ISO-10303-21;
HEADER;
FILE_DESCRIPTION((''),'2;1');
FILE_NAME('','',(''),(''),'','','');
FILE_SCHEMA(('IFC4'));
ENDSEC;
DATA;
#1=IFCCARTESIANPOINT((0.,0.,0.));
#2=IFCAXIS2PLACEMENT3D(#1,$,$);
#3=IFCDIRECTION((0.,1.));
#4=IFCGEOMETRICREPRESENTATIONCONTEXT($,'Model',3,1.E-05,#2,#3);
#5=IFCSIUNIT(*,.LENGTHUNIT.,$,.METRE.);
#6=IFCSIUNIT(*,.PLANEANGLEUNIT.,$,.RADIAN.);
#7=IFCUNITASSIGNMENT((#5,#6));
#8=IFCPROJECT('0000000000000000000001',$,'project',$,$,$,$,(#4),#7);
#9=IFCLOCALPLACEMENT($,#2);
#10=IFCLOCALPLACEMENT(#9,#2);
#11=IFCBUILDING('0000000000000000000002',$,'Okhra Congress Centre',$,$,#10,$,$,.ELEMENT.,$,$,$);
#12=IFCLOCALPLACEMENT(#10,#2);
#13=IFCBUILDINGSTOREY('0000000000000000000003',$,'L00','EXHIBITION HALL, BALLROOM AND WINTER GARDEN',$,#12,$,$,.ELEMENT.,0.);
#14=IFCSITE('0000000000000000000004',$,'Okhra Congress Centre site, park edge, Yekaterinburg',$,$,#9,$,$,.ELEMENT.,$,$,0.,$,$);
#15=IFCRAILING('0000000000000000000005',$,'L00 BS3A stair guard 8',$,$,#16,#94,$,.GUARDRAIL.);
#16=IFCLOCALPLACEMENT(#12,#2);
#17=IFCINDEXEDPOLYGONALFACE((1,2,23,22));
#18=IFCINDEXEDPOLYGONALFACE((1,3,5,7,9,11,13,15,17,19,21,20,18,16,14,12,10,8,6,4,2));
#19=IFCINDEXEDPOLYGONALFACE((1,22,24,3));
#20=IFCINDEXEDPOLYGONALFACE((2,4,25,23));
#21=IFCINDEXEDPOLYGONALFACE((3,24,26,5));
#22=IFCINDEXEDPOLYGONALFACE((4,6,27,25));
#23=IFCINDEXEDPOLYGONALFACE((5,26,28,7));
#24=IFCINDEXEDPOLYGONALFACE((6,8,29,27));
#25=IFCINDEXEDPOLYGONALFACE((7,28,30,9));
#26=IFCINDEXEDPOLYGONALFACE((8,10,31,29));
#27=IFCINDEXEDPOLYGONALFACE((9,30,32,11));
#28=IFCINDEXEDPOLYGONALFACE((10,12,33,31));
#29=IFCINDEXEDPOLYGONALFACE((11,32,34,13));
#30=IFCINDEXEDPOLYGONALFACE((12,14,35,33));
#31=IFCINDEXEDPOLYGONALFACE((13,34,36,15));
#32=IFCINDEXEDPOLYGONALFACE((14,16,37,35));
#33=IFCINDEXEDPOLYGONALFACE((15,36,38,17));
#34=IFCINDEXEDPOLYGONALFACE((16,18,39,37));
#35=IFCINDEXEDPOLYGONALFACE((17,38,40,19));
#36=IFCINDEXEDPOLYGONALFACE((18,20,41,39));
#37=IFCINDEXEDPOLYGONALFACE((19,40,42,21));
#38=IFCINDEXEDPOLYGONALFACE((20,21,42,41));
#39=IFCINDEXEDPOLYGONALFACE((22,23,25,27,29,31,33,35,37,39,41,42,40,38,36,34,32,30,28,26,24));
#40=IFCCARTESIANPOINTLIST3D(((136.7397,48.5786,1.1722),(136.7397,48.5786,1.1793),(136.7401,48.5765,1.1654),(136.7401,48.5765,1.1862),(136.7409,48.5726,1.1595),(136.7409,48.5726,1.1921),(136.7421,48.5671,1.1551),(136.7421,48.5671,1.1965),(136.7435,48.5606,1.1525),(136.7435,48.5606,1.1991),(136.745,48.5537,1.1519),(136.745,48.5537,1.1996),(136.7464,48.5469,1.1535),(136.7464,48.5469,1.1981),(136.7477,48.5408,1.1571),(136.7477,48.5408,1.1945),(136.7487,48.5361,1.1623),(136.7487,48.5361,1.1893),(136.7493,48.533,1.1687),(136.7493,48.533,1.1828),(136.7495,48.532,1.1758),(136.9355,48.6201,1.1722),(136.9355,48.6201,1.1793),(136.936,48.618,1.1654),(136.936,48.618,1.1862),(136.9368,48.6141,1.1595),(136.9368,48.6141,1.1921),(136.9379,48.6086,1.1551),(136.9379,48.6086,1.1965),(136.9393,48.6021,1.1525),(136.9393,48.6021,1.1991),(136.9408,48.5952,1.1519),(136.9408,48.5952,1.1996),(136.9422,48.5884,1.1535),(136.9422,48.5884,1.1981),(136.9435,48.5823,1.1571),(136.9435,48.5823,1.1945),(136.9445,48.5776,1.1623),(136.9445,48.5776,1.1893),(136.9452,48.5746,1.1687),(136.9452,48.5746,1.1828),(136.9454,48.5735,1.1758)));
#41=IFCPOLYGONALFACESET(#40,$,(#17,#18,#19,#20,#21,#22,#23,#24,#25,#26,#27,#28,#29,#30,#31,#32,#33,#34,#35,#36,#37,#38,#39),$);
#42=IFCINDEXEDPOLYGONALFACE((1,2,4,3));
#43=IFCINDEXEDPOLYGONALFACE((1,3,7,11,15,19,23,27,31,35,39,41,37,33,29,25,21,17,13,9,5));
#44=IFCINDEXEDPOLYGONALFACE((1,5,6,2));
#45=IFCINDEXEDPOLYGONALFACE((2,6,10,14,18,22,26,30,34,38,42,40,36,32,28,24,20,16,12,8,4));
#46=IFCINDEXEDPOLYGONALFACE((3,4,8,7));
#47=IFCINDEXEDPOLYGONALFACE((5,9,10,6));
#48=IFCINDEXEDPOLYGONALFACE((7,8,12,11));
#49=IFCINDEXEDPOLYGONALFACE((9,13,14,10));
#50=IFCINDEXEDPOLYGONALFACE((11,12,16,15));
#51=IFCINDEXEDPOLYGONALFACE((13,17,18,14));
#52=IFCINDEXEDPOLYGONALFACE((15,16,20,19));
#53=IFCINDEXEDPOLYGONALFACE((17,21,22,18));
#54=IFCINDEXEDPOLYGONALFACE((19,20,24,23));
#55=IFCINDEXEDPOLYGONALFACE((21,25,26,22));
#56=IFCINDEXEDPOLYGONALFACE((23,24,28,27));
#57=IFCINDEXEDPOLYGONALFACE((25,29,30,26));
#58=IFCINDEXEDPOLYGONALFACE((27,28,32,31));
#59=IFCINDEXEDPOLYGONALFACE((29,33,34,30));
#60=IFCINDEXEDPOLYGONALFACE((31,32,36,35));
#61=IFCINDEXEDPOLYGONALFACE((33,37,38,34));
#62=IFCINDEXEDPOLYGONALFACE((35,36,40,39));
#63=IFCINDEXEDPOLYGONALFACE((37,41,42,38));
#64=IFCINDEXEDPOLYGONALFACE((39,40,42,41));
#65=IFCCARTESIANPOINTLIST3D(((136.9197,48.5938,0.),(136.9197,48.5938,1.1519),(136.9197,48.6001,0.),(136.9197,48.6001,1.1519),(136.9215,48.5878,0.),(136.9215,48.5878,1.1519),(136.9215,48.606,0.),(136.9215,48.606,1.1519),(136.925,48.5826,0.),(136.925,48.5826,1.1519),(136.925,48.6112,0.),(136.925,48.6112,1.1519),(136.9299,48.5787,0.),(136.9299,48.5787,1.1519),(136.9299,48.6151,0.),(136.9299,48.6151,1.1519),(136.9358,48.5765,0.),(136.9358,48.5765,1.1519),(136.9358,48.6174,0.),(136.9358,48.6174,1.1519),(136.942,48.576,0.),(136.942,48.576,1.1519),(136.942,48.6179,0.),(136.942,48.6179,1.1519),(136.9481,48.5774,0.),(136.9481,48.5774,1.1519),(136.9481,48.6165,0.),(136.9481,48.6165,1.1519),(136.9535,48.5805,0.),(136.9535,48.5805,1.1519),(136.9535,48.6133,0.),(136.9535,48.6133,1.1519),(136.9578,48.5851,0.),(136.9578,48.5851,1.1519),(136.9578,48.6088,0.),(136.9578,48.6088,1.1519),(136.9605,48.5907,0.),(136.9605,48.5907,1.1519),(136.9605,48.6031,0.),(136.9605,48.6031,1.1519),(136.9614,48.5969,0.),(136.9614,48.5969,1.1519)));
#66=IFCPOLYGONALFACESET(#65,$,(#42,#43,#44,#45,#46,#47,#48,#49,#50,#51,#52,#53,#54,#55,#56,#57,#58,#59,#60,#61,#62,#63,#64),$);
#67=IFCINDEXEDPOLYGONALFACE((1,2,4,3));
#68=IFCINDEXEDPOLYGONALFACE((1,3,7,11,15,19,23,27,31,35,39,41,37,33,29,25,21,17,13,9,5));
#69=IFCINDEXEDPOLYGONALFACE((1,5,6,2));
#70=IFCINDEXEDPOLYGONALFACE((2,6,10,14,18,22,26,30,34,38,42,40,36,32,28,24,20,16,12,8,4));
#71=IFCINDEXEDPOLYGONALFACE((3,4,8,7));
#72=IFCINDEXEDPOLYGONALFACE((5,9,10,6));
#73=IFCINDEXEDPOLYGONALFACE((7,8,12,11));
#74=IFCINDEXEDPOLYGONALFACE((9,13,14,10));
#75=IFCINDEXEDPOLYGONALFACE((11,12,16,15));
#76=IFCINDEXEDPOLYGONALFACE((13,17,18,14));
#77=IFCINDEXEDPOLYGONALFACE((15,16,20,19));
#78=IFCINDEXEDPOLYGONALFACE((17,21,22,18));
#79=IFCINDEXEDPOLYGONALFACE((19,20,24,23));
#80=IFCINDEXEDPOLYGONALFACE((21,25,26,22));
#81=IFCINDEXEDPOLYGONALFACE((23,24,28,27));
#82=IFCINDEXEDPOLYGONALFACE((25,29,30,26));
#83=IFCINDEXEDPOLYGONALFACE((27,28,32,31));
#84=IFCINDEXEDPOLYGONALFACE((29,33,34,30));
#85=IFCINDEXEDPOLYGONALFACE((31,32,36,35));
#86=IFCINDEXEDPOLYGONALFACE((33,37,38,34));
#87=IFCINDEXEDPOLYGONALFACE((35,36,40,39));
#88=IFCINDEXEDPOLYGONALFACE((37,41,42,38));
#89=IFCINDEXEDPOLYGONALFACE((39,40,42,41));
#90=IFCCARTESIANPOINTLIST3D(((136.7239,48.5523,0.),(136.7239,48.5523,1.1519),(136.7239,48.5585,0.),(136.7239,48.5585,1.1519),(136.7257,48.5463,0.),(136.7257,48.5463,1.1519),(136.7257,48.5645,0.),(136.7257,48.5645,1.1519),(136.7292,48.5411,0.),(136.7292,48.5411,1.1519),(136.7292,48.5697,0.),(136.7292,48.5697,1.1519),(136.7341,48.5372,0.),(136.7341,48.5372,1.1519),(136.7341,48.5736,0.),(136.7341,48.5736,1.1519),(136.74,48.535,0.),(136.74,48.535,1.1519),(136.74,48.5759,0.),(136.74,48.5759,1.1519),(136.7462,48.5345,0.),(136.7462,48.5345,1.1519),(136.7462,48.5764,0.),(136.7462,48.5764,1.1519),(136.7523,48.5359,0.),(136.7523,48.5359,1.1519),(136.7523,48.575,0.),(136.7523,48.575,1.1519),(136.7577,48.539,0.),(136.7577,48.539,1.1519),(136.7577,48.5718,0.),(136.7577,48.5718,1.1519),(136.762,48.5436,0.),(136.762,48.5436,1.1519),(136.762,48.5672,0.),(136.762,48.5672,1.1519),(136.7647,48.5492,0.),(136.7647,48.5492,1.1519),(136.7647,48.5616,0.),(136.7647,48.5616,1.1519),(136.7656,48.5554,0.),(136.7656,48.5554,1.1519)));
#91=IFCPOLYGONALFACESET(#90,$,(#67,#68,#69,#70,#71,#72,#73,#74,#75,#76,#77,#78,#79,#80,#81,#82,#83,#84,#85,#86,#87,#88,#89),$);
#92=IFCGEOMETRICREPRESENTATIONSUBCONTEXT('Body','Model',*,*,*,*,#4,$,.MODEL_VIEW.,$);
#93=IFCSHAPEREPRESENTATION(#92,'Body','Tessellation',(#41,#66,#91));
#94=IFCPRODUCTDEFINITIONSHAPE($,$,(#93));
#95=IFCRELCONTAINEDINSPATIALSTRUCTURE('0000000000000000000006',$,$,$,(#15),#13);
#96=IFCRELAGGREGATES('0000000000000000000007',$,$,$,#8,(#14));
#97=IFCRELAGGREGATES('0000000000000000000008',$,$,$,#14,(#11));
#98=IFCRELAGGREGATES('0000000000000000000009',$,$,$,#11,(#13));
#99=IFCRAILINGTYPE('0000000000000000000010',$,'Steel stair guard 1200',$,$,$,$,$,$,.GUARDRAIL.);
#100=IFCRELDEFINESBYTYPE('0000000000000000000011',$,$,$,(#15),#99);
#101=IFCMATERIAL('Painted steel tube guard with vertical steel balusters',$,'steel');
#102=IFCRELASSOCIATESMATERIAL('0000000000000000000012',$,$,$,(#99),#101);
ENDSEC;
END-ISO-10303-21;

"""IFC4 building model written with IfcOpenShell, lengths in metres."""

from ifc_helpers import new_model, si_unit, direction, frame, origin, origin_2d, place, context, subcontext, project, spatial, circle, extrude, material, type_object, element, save


model = new_model("IFC4")

# Units and contexts
model_context = context("Model", 3, precision=1e-05, world=origin(), true_north=direction((0.0, 1.0)))
body_context = subcontext(model_context, "Body", "Model", "MODEL_VIEW")
ifc_project = project(units=[si_unit("LENGTHUNIT", "METRE"), si_unit("PLANEANGLEUNIT", "RADIAN")], contexts=[model_context])

# Site, building, storey
site_placement = place(None, origin())
site = spatial("IfcSite", under=ifc_project, at=site_placement, Name="Okhra Congress Centre site, park edge, Yekaterinburg", CompositionType="ELEMENT", RefElevation=0.0)
building_placement = place(site_placement, origin())
building = spatial("IfcBuilding", under=site, at=building_placement, Name="Okhra Congress Centre", CompositionType="ELEMENT")
storey_placement = place(building_placement, origin())
storey = spatial("IfcBuildingStorey", under=building, at=storey_placement, Name="L00", Description="EXHIBITION HALL, BALLROOM AND WINTER GARDEN", CompositionType="ELEMENT", Elevation=0.0)

# Railing
ifc_material_1 = material(Name="Painted steel tube guard with vertical steel balusters", Category="steel")
railing_type_1 = type_object("IfcRailingType", Name="Steel stair guard 1200", PredefinedType="GUARDRAIL", material=ifc_material_1)
railing_1_placement = place(storey_placement, frame((136.9404, 48.5969, 0.0)))
element("IfcRailing", 1, at=railing_1_placement, inside=storey, type_object=railing_type_1, Name="L00 BS3A stair guard 8", PredefinedType="GUARDRAIL", context=body_context, shape_type="SweptSolid", body=[
    extrude(circle(Radius=0.0239, at=origin_2d()), frame((0.0, 0.0, 1.1758), z_axis=(-0.978264, -0.207363, 0.0), x_axis=(0.207363, -0.978264, 0.0)), (0.0, 0.0, 1.0), 0.2002),
    extrude(circle(Radius=0.021, at=origin_2d()), origin(), (0.0, 0.0, 1.0), 1.1519),
    extrude(circle(Radius=0.021, at=origin_2d()), frame((-0.1958, -0.0415, 0.0)), (0.0, 0.0, 1.0), 1.1519),
])

save(model, "model.ifc")
